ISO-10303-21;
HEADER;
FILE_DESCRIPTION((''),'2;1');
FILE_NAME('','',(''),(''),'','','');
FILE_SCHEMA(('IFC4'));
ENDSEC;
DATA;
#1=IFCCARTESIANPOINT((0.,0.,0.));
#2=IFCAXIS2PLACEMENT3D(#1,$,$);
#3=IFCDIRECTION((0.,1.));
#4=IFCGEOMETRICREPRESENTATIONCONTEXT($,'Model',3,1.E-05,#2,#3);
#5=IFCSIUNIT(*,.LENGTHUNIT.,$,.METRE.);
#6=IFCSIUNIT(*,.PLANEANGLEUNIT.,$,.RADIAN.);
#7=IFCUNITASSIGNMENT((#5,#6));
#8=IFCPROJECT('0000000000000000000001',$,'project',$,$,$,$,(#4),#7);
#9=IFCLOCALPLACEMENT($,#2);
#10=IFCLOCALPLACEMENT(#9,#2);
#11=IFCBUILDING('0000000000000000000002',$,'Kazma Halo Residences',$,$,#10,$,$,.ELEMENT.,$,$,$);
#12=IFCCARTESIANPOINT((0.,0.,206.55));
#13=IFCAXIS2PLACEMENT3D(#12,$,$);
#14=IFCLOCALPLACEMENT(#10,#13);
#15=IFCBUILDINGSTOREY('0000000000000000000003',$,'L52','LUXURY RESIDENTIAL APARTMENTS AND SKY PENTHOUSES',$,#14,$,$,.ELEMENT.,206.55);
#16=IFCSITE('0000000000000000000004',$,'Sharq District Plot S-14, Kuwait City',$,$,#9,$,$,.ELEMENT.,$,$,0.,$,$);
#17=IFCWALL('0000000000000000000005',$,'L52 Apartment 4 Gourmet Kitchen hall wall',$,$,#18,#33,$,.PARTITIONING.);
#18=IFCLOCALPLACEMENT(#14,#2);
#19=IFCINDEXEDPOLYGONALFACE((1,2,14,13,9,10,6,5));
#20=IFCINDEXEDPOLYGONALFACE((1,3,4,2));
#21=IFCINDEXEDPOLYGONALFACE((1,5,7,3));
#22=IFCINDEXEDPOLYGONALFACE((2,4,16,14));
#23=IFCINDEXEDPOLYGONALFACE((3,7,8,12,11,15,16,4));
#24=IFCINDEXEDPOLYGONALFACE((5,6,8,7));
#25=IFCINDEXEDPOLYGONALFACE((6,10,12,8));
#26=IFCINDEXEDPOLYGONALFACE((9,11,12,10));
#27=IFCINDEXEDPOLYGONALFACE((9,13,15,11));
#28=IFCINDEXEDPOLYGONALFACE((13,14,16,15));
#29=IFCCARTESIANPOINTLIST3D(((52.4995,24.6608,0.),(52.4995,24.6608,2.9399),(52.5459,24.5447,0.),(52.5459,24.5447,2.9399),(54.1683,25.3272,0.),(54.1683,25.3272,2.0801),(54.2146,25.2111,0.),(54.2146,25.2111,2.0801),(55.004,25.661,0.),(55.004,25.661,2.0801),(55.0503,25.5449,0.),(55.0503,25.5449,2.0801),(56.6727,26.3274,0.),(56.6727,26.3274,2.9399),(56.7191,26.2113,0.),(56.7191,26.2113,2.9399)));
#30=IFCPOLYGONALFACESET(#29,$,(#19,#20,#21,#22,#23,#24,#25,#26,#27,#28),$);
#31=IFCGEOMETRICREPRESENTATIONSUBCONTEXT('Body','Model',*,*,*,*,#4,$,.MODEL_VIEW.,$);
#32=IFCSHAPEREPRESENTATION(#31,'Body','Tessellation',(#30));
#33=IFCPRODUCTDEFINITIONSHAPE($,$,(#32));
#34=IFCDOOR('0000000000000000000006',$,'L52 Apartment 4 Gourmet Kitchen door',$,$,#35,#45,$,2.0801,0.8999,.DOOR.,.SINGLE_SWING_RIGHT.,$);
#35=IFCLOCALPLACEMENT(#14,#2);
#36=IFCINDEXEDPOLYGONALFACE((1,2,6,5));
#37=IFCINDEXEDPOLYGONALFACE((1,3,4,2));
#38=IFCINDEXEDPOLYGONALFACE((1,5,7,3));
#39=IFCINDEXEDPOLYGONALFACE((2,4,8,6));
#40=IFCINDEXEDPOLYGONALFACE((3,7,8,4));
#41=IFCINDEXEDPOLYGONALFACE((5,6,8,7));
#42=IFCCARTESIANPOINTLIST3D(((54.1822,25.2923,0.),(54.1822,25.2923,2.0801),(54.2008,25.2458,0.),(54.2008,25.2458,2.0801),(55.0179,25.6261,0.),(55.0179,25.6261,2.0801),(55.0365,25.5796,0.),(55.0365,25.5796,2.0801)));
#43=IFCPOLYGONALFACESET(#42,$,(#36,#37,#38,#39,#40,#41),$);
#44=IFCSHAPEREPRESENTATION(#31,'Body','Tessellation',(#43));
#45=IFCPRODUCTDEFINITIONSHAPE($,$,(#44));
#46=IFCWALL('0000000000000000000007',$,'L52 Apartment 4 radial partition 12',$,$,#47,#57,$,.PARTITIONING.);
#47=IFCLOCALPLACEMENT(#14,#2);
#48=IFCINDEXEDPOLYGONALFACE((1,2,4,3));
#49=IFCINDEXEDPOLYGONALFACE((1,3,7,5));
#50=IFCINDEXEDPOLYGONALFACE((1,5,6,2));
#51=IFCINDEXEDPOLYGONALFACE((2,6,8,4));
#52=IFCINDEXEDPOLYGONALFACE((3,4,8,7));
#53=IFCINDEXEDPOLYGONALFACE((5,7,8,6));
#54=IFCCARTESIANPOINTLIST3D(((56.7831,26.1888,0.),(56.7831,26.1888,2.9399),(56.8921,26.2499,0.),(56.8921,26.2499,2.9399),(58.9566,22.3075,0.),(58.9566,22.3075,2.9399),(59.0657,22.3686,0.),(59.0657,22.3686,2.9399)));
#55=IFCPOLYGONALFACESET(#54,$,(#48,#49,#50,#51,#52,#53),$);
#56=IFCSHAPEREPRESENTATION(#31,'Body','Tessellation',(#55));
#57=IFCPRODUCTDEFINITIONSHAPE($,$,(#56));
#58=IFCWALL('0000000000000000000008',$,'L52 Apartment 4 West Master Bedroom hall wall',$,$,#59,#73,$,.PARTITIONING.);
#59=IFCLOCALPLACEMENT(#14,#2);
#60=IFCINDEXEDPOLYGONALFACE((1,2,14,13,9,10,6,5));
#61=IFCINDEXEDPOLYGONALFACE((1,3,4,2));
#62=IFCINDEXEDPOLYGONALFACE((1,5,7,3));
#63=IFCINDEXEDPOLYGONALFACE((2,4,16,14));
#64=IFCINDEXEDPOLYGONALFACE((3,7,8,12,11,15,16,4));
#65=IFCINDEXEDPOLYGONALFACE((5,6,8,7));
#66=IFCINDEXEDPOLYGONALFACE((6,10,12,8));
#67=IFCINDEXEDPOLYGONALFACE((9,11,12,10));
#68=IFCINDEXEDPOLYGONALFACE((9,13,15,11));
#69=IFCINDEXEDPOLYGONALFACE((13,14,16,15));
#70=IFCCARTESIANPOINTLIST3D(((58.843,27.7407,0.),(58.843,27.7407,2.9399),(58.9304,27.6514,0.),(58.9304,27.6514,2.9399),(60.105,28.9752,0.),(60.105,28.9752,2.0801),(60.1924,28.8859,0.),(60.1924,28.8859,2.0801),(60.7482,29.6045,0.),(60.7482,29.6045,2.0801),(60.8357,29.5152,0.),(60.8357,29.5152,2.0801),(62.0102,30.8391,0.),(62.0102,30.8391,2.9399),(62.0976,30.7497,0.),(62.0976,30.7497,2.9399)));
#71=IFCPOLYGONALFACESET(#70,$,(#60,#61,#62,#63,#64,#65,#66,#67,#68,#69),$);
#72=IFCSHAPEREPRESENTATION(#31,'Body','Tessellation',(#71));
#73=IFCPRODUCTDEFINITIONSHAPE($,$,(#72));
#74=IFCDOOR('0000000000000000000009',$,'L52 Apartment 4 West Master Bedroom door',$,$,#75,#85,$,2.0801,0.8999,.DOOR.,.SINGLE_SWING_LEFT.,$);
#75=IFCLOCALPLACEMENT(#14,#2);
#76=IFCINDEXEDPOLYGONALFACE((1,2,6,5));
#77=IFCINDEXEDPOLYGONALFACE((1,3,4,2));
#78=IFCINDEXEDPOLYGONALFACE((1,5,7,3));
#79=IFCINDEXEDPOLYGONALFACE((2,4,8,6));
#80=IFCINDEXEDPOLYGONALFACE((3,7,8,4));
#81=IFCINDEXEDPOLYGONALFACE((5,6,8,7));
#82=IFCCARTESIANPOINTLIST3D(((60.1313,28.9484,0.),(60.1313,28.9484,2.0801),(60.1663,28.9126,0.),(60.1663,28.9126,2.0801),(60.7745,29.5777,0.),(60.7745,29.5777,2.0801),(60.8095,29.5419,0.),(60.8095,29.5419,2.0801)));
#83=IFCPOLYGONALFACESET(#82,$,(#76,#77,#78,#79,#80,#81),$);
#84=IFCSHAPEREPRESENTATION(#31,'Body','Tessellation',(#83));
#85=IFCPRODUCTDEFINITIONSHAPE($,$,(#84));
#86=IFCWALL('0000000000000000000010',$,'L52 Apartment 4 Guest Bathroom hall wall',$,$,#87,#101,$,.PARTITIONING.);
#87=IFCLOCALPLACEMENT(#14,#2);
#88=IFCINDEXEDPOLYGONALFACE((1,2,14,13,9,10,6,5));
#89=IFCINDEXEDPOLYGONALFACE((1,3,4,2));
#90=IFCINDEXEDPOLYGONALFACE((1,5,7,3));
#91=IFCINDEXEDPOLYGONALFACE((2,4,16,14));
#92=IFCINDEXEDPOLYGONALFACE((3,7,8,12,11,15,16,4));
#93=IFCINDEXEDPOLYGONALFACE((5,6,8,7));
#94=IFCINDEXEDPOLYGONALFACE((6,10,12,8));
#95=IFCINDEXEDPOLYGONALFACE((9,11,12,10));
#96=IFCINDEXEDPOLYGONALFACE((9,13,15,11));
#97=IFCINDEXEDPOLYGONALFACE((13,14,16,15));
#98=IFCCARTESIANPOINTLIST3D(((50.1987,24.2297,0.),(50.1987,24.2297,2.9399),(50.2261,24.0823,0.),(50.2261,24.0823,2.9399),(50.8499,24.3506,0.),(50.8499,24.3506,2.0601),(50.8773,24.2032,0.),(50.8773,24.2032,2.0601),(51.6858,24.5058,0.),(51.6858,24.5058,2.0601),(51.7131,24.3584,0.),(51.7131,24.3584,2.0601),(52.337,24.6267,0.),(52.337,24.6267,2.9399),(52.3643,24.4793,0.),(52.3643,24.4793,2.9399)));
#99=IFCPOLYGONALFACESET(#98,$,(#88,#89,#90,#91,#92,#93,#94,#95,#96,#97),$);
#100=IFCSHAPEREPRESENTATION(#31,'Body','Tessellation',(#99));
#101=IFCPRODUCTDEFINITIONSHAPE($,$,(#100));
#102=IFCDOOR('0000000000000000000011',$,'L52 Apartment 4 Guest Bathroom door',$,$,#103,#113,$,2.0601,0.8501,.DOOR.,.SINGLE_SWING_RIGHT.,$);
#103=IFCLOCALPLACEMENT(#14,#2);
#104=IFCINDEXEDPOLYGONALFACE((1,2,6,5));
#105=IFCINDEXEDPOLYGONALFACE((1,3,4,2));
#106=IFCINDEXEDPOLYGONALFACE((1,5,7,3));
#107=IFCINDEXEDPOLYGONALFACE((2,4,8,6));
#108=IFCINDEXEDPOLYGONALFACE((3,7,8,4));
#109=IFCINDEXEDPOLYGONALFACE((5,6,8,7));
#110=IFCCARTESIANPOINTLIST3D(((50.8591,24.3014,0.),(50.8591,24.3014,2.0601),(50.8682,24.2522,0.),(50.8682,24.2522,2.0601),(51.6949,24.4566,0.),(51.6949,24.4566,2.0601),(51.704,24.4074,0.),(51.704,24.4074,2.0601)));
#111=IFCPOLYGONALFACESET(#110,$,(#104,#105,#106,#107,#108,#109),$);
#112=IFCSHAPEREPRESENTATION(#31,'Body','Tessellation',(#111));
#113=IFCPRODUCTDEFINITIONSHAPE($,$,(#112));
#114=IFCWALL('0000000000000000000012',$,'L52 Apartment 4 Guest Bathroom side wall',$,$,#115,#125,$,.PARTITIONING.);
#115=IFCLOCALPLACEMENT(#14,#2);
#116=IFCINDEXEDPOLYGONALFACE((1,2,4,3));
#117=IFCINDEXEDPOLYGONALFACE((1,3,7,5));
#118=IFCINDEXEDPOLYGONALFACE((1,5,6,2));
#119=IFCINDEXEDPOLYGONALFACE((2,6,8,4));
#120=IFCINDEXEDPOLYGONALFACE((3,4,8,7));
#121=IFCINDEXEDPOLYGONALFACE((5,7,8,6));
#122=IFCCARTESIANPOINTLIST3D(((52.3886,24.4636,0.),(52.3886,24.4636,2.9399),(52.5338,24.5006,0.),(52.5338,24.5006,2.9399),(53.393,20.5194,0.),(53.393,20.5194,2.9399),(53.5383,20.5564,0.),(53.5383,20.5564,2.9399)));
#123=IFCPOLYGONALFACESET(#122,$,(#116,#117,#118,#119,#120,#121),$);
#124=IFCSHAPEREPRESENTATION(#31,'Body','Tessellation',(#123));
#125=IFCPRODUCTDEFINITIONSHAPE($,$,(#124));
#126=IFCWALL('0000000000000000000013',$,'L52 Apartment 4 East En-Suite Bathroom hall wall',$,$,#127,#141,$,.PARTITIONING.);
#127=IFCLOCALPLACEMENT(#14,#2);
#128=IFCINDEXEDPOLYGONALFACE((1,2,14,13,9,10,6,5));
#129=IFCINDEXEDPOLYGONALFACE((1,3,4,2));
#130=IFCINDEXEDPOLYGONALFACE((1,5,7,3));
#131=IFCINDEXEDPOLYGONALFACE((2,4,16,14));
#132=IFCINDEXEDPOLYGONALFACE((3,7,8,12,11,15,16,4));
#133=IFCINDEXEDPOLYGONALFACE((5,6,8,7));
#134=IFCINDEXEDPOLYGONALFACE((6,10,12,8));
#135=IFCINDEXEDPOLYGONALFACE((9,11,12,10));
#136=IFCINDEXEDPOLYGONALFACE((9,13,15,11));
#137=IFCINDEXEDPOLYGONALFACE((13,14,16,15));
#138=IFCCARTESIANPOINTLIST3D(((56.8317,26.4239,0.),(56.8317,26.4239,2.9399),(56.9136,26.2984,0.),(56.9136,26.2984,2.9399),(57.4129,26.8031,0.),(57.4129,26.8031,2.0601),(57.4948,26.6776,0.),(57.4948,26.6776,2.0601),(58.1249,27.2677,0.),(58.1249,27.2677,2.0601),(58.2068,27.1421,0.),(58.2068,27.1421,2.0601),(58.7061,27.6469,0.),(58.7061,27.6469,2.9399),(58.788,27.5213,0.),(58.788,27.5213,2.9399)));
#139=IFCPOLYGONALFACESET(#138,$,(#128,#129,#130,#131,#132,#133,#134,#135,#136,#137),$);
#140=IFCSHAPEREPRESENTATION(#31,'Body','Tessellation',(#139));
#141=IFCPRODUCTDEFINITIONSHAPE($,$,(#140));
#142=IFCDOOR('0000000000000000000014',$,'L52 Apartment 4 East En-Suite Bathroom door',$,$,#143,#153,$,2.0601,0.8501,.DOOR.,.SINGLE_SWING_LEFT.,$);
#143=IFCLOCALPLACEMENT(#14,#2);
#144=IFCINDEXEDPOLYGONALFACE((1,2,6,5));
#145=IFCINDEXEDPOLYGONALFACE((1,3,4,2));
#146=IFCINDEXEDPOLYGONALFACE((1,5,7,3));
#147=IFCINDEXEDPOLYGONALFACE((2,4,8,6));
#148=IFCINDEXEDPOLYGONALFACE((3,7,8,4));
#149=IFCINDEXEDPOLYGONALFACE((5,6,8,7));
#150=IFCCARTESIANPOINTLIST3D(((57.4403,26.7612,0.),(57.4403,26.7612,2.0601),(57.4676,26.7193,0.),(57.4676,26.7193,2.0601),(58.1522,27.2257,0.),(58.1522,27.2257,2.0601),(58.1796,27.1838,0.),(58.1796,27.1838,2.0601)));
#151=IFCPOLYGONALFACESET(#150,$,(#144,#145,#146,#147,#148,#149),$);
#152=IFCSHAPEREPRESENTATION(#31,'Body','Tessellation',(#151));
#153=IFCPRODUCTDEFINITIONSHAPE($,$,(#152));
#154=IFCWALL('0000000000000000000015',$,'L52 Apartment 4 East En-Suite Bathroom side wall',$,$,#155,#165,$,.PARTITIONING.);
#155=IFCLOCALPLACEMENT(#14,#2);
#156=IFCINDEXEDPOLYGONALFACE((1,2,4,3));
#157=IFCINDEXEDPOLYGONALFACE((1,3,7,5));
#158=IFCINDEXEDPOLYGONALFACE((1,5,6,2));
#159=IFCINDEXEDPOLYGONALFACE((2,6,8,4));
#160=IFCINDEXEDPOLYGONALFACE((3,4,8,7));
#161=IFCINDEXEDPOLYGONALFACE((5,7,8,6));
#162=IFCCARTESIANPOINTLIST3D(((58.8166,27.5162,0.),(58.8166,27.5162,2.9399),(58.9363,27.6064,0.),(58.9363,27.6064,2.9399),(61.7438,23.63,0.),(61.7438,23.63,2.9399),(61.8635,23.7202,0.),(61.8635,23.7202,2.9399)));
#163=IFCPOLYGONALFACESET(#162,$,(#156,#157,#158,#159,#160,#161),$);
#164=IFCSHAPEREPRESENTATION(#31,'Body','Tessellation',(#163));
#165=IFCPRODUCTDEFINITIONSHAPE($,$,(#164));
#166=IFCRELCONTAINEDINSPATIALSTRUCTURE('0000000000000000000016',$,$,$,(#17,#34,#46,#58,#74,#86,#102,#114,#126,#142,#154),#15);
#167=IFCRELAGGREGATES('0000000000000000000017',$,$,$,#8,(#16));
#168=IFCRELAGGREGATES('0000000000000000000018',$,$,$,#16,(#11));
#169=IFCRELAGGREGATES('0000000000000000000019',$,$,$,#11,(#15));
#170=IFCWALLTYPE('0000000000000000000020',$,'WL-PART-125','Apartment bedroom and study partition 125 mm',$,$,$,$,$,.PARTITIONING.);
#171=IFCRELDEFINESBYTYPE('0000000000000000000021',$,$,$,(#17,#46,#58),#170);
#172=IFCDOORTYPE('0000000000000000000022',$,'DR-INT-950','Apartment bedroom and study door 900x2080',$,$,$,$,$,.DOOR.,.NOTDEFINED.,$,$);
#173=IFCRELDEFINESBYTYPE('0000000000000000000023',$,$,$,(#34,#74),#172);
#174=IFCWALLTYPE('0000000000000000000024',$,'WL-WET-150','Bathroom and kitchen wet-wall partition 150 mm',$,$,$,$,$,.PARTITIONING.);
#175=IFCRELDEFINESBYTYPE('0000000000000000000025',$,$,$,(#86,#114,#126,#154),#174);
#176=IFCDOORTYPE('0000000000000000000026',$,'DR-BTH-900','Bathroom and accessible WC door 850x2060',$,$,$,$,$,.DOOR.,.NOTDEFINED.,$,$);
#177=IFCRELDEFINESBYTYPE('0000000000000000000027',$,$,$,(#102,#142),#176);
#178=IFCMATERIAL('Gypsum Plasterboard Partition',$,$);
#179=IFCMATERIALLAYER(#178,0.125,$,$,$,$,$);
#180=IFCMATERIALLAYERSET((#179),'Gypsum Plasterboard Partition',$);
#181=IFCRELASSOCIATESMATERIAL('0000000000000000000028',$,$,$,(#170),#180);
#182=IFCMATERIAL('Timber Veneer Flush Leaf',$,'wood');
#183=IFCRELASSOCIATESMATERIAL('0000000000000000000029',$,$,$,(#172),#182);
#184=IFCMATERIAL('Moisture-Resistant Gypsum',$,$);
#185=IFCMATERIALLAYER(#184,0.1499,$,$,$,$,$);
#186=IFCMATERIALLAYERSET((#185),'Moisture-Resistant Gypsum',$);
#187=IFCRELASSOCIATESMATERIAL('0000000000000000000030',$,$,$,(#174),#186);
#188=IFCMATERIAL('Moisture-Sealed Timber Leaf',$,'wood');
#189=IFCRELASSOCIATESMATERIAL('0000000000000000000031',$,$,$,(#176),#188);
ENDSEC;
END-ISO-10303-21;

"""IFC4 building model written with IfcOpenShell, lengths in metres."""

from ifc_helpers import new_model, si_unit, direction, frame, frame_2d, origin, place, context, subcontext, project, spatial, rectangle, extrude, material, layer, layer_set, type_object, element, fill, save


model = new_model("IFC4")

# Units and contexts
model_context = context("Model", 3, precision=1e-05, world=origin(), true_north=direction((0.0, 1.0)))
body_context = subcontext(model_context, "Body", "Model", "MODEL_VIEW")
ifc_project = project(units=[si_unit("LENGTHUNIT", "METRE"), si_unit("PLANEANGLEUNIT", "RADIAN")], contexts=[model_context])

# Site, building, storey
site_placement = place(None, origin())
site = spatial("IfcSite", under=ifc_project, at=site_placement, Name="Sharq District Plot S-14, Kuwait City", CompositionType="ELEMENT", RefElevation=0.0)
building_placement = place(site_placement, origin())
building = spatial("IfcBuilding", under=site, at=building_placement, Name="Kazma Halo Residences", CompositionType="ELEMENT")
storey_placement = place(building_placement, frame((0.0, 0.0, 206.55)))
storey = spatial("IfcBuildingStorey", under=building, at=storey_placement, Name="L52", Description="LUXURY RESIDENTIAL APARTMENTS AND SKY PENTHOUSES", CompositionType="ELEMENT", Elevation=206.55)

# Wall, opening, door
ifc_material_1 = material(Name="Gypsum Plasterboard Partition")
ifc_layer_1 = layer(ifc_material_1, 0.125)
ifc_layer_set_1 = layer_set([ifc_layer_1], Name="Gypsum Plasterboard Partition")
wall_type_1 = type_object("IfcWallType", Name="WL-PART-125", Description="Apartment bedroom and study partition 125 mm", PredefinedType="PARTITIONING", material=ifc_layer_set_1)
wall_1_placement = place(storey_placement, frame((52.5227, 24.6028, 0.0), z_axis=(0.0, 0.0, 1.0), x_axis=(0.928686, 0.370866, 0.0)))
wall_1 = element("IfcWall", 1, at=wall_1_placement, inside=storey, type_object=wall_type_1, Name="L52 Apartment 4 Gourmet Kitchen hall wall", PredefinedType="PARTITIONING", context=body_context, shape_type="SweptSolid", body=[
    extrude(rectangle(XDim=4.4937, YDim=0.125, at=frame_2d((2.2468, 0.0))), origin(), (0.0, 0.0, 1.0), 2.9399),
])
opening_1_placement = place(wall_1_placement, frame((1.7969, 0.0, 0.0)))
opening_1 = element("IfcOpeningElement", 2, at=opening_1_placement, cuts=wall_1, PredefinedType="OPENING", context=body_context, shape_type="SweptSolid", body=[
    extrude(rectangle(XDim=0.8999, YDim=2.0801, at=frame_2d((0.45, 1.04))), frame((0.0, 0.0725, 0.0), z_axis=(0.0, -1.0, 0.0), x_axis=(1.0, 0.0, 0.0)), (0.0, 0.0, 1.0), 0.145),
])
ifc_material_2 = material(Name="Timber Veneer Flush Leaf", Category="wood")
door_type_1 = type_object("IfcDoorType", Name="DR-INT-950", Description="Apartment bedroom and study door 900x2080", OperationType="NOTDEFINED", PredefinedType="DOOR", material=ifc_material_2)
door_1_placement = place(opening_1_placement, origin())
door_1 = element("IfcDoor", 3, at=door_1_placement, inside=storey, type_object=door_type_1, Name="L52 Apartment 4 Gourmet Kitchen door", OperationType="SINGLE_SWING_RIGHT", OverallHeight=2.0801, OverallWidth=0.8999, PredefinedType="DOOR", context=body_context, shape_type="SweptSolid", body=[
    extrude(rectangle(XDim=0.8999, YDim=2.0801, at=frame_2d((0.45, 1.04))), frame((0.0, 0.0249, 0.0), z_axis=(0.0, -1.0, 0.0), x_axis=(1.0, 0.0, 0.0)), (0.0, 0.0, 1.0), 0.05),
])
fill(opening_1, door_1)

# Wall
wall_2_placement = place(storey_placement, frame((56.8376, 26.2192, 0.0), z_axis=(0.0, 0.0, 1.0), x_axis=(0.488608, -0.872503, 0.0)))
element("IfcWall", 4, at=wall_2_placement, inside=storey, type_object=wall_type_1, Name="L52 Apartment 4 radial partition 12", PredefinedType="PARTITIONING", context=body_context, shape_type="SweptSolid", body=[
    extrude(rectangle(XDim=4.4485, YDim=0.125, at=frame_2d((2.2241, 0.0))), origin(), (0.0, 0.0, 1.0), 2.9399),
])

# Walls, openings, doors
wall_3_placement = place(storey_placement, frame((58.8867, 27.696, 0.0), z_axis=(0.0, 0.0, 1.0), x_axis=(0.714833, 0.699295, 0.0)))
wall_3 = element("IfcWall", 5, at=wall_3_placement, inside=storey, type_object=wall_type_1, Name="L52 Apartment 4 West Master Bedroom hall wall", PredefinedType="PARTITIONING", context=body_context, shape_type="SweptSolid", body=[
    extrude(rectangle(XDim=4.4307, YDim=0.125, at=frame_2d((2.2153, 0.0))), origin(), (0.0, 0.0, 1.0), 2.9399),
])
opening_2_placement = place(wall_3_placement, frame((1.7654, 0.0, 0.0)))
opening_2 = element("IfcOpeningElement", 6, at=opening_2_placement, cuts=wall_3, PredefinedType="OPENING", context=body_context, shape_type="SweptSolid", body=[
    extrude(rectangle(XDim=0.8999, YDim=2.0801, at=frame_2d((0.45, 1.04))), frame((0.0, 0.0725, 0.0), z_axis=(0.0, -1.0, 0.0), x_axis=(1.0, 0.0, 0.0)), (0.0, 0.0, 1.0), 0.145),
])
door_2_placement = place(opening_2_placement, origin())
door_2 = element("IfcDoor", 7, at=door_2_placement, inside=storey, type_object=door_type_1, Name="L52 Apartment 4 West Master Bedroom door", OperationType="SINGLE_SWING_LEFT", OverallHeight=2.0801, OverallWidth=0.8999, PredefinedType="DOOR", context=body_context, shape_type="SweptSolid", body=[
    extrude(rectangle(XDim=0.8999, YDim=2.0801, at=frame_2d((0.45, 1.04))), frame((0.0, 0.0249, 0.0), z_axis=(0.0, -1.0, 0.0), x_axis=(1.0, 0.0, 0.0)), (0.0, 0.0, 1.0), 0.05),
])
fill(opening_2, door_2)
ifc_material_3 = material(Name="Moisture-Resistant Gypsum")
ifc_layer_2 = layer(ifc_material_3, 0.1499)
ifc_layer_set_2 = layer_set([ifc_layer_2], Name="Moisture-Resistant Gypsum")
wall_type_2 = type_object("IfcWallType", Name="WL-WET-150", Description="Bathroom and kitchen wet-wall partition 150 mm", PredefinedType="PARTITIONING", material=ifc_layer_set_2)
wall_4_placement = place(storey_placement, frame((50.2124, 24.156, 0.0), z_axis=(0.0, 0.0, 1.0), x_axis=(0.983199, 0.182539, 0.0)))
wall_4 = element("IfcWall", 8, at=wall_4_placement, inside=storey, type_object=wall_type_2, Name="L52 Apartment 4 Guest Bathroom hall wall", PredefinedType="PARTITIONING", context=body_context, shape_type="SweptSolid", body=[
    extrude(rectangle(XDim=2.1748, YDim=0.1499, at=frame_2d((1.0874, 0.0))), origin(), (0.0, 0.0, 1.0), 2.9399),
])
opening_3_placement = place(wall_4_placement, frame((0.6624, 0.0, 0.0)))
opening_3 = element("IfcOpeningElement", 9, at=opening_3_placement, cuts=wall_4, PredefinedType="OPENING", context=body_context, shape_type="SweptSolid", body=[
    extrude(rectangle(XDim=0.8501, YDim=2.0601, at=frame_2d((0.425, 1.03))), frame((0.0, 0.085, 0.0), z_axis=(0.0, -1.0, 0.0), x_axis=(1.0, 0.0, 0.0)), (0.0, 0.0, 1.0), 0.1699),
])
ifc_material_4 = material(Name="Moisture-Sealed Timber Leaf", Category="wood")
door_type_2 = type_object("IfcDoorType", Name="DR-BTH-900", Description="Bathroom and accessible WC door 850x2060", OperationType="NOTDEFINED", PredefinedType="DOOR", material=ifc_material_4)
door_3_placement = place(opening_3_placement, origin())
door_3 = element("IfcDoor", 10, at=door_3_placement, inside=storey, type_object=door_type_2, Name="L52 Apartment 4 Guest Bathroom door", OperationType="SINGLE_SWING_RIGHT", OverallHeight=2.0601, OverallWidth=0.8501, PredefinedType="DOOR", context=body_context, shape_type="SweptSolid", body=[
    extrude(rectangle(XDim=0.8501, YDim=2.0601, at=frame_2d((0.425, 1.03))), frame((0.0, 0.0249, 0.0), z_axis=(0.0, -1.0, 0.0), x_axis=(1.0, 0.0, 0.0)), (0.0, 0.0, 1.0), 0.05),
])
fill(opening_3, door_3)

# Wall
wall_5_placement = place(storey_placement, frame((52.4612, 24.4822, 0.0), z_axis=(0.0, 0.0, 1.0), x_axis=(0.246782, -0.969071, 0.0)))
element("IfcWall", 11, at=wall_5_placement, inside=storey, type_object=wall_type_2, Name="L52 Apartment 4 Guest Bathroom side wall", PredefinedType="PARTITIONING", context=body_context, shape_type="SweptSolid", body=[
    extrude(rectangle(XDim=4.0701, YDim=0.1499, at=frame_2d((2.0352, 0.0))), origin(), (0.0, 0.0, 1.0), 2.9399),
])

# Wall, opening, door
wall_6_placement = place(storey_placement, frame((56.8726, 26.3611, 0.0), z_axis=(0.0, 0.0, 1.0), x_axis=(0.837498, 0.546441, 0.0)))
wall_6 = element("IfcWall", 12, at=wall_6_placement, inside=storey, type_object=wall_type_2, Name="L52 Apartment 4 East En-Suite Bathroom hall wall", PredefinedType="PARTITIONING", context=body_context, shape_type="SweptSolid", body=[
    extrude(rectangle(XDim=2.238, YDim=0.1499, at=frame_2d((1.1191, 0.0))), origin(), (0.0, 0.0, 1.0), 2.9399),
])
opening_4_placement = place(wall_6_placement, frame((0.6941, 0.0, 0.0)))
opening_4 = element("IfcOpeningElement", 13, at=opening_4_placement, cuts=wall_6, PredefinedType="OPENING", context=body_context, shape_type="SweptSolid", body=[
    extrude(rectangle(XDim=0.8501, YDim=2.0601, at=frame_2d((0.425, 1.03))), frame((0.0, 0.085, 0.0), z_axis=(0.0, -1.0, 0.0), x_axis=(1.0, 0.0, 0.0)), (0.0, 0.0, 1.0), 0.1699),
])
door_4_placement = place(opening_4_placement, origin())
door_4 = element("IfcDoor", 14, at=door_4_placement, inside=storey, type_object=door_type_2, Name="L52 Apartment 4 East En-Suite Bathroom door", OperationType="SINGLE_SWING_LEFT", OverallHeight=2.0601, OverallWidth=0.8501, PredefinedType="DOOR", context=body_context, shape_type="SweptSolid", body=[
    extrude(rectangle(XDim=0.8501, YDim=2.0601, at=frame_2d((0.425, 1.03))), frame((0.0, 0.0249, 0.0), z_axis=(0.0, -1.0, 0.0), x_axis=(1.0, 0.0, 0.0)), (0.0, 0.0, 1.0), 0.05),
])
fill(opening_4, door_4)

# Wall
wall_7_placement = place(storey_placement, frame((58.8765, 27.5613, 0.0), z_axis=(0.0, 0.0, 1.0), x_axis=(0.601653, -0.798758, 0.0)))
element("IfcWall", 15, at=wall_7_placement, inside=storey, type_object=wall_type_2, Name="L52 Apartment 4 East En-Suite Bathroom side wall", PredefinedType="PARTITIONING", context=body_context, shape_type="SweptSolid", body=[
    extrude(rectangle(XDim=4.8652, YDim=0.1499, at=frame_2d((2.4326, 0.0))), origin(), (0.0, 0.0, 1.0), 2.9399),
])

save(model, "model.ifc")
